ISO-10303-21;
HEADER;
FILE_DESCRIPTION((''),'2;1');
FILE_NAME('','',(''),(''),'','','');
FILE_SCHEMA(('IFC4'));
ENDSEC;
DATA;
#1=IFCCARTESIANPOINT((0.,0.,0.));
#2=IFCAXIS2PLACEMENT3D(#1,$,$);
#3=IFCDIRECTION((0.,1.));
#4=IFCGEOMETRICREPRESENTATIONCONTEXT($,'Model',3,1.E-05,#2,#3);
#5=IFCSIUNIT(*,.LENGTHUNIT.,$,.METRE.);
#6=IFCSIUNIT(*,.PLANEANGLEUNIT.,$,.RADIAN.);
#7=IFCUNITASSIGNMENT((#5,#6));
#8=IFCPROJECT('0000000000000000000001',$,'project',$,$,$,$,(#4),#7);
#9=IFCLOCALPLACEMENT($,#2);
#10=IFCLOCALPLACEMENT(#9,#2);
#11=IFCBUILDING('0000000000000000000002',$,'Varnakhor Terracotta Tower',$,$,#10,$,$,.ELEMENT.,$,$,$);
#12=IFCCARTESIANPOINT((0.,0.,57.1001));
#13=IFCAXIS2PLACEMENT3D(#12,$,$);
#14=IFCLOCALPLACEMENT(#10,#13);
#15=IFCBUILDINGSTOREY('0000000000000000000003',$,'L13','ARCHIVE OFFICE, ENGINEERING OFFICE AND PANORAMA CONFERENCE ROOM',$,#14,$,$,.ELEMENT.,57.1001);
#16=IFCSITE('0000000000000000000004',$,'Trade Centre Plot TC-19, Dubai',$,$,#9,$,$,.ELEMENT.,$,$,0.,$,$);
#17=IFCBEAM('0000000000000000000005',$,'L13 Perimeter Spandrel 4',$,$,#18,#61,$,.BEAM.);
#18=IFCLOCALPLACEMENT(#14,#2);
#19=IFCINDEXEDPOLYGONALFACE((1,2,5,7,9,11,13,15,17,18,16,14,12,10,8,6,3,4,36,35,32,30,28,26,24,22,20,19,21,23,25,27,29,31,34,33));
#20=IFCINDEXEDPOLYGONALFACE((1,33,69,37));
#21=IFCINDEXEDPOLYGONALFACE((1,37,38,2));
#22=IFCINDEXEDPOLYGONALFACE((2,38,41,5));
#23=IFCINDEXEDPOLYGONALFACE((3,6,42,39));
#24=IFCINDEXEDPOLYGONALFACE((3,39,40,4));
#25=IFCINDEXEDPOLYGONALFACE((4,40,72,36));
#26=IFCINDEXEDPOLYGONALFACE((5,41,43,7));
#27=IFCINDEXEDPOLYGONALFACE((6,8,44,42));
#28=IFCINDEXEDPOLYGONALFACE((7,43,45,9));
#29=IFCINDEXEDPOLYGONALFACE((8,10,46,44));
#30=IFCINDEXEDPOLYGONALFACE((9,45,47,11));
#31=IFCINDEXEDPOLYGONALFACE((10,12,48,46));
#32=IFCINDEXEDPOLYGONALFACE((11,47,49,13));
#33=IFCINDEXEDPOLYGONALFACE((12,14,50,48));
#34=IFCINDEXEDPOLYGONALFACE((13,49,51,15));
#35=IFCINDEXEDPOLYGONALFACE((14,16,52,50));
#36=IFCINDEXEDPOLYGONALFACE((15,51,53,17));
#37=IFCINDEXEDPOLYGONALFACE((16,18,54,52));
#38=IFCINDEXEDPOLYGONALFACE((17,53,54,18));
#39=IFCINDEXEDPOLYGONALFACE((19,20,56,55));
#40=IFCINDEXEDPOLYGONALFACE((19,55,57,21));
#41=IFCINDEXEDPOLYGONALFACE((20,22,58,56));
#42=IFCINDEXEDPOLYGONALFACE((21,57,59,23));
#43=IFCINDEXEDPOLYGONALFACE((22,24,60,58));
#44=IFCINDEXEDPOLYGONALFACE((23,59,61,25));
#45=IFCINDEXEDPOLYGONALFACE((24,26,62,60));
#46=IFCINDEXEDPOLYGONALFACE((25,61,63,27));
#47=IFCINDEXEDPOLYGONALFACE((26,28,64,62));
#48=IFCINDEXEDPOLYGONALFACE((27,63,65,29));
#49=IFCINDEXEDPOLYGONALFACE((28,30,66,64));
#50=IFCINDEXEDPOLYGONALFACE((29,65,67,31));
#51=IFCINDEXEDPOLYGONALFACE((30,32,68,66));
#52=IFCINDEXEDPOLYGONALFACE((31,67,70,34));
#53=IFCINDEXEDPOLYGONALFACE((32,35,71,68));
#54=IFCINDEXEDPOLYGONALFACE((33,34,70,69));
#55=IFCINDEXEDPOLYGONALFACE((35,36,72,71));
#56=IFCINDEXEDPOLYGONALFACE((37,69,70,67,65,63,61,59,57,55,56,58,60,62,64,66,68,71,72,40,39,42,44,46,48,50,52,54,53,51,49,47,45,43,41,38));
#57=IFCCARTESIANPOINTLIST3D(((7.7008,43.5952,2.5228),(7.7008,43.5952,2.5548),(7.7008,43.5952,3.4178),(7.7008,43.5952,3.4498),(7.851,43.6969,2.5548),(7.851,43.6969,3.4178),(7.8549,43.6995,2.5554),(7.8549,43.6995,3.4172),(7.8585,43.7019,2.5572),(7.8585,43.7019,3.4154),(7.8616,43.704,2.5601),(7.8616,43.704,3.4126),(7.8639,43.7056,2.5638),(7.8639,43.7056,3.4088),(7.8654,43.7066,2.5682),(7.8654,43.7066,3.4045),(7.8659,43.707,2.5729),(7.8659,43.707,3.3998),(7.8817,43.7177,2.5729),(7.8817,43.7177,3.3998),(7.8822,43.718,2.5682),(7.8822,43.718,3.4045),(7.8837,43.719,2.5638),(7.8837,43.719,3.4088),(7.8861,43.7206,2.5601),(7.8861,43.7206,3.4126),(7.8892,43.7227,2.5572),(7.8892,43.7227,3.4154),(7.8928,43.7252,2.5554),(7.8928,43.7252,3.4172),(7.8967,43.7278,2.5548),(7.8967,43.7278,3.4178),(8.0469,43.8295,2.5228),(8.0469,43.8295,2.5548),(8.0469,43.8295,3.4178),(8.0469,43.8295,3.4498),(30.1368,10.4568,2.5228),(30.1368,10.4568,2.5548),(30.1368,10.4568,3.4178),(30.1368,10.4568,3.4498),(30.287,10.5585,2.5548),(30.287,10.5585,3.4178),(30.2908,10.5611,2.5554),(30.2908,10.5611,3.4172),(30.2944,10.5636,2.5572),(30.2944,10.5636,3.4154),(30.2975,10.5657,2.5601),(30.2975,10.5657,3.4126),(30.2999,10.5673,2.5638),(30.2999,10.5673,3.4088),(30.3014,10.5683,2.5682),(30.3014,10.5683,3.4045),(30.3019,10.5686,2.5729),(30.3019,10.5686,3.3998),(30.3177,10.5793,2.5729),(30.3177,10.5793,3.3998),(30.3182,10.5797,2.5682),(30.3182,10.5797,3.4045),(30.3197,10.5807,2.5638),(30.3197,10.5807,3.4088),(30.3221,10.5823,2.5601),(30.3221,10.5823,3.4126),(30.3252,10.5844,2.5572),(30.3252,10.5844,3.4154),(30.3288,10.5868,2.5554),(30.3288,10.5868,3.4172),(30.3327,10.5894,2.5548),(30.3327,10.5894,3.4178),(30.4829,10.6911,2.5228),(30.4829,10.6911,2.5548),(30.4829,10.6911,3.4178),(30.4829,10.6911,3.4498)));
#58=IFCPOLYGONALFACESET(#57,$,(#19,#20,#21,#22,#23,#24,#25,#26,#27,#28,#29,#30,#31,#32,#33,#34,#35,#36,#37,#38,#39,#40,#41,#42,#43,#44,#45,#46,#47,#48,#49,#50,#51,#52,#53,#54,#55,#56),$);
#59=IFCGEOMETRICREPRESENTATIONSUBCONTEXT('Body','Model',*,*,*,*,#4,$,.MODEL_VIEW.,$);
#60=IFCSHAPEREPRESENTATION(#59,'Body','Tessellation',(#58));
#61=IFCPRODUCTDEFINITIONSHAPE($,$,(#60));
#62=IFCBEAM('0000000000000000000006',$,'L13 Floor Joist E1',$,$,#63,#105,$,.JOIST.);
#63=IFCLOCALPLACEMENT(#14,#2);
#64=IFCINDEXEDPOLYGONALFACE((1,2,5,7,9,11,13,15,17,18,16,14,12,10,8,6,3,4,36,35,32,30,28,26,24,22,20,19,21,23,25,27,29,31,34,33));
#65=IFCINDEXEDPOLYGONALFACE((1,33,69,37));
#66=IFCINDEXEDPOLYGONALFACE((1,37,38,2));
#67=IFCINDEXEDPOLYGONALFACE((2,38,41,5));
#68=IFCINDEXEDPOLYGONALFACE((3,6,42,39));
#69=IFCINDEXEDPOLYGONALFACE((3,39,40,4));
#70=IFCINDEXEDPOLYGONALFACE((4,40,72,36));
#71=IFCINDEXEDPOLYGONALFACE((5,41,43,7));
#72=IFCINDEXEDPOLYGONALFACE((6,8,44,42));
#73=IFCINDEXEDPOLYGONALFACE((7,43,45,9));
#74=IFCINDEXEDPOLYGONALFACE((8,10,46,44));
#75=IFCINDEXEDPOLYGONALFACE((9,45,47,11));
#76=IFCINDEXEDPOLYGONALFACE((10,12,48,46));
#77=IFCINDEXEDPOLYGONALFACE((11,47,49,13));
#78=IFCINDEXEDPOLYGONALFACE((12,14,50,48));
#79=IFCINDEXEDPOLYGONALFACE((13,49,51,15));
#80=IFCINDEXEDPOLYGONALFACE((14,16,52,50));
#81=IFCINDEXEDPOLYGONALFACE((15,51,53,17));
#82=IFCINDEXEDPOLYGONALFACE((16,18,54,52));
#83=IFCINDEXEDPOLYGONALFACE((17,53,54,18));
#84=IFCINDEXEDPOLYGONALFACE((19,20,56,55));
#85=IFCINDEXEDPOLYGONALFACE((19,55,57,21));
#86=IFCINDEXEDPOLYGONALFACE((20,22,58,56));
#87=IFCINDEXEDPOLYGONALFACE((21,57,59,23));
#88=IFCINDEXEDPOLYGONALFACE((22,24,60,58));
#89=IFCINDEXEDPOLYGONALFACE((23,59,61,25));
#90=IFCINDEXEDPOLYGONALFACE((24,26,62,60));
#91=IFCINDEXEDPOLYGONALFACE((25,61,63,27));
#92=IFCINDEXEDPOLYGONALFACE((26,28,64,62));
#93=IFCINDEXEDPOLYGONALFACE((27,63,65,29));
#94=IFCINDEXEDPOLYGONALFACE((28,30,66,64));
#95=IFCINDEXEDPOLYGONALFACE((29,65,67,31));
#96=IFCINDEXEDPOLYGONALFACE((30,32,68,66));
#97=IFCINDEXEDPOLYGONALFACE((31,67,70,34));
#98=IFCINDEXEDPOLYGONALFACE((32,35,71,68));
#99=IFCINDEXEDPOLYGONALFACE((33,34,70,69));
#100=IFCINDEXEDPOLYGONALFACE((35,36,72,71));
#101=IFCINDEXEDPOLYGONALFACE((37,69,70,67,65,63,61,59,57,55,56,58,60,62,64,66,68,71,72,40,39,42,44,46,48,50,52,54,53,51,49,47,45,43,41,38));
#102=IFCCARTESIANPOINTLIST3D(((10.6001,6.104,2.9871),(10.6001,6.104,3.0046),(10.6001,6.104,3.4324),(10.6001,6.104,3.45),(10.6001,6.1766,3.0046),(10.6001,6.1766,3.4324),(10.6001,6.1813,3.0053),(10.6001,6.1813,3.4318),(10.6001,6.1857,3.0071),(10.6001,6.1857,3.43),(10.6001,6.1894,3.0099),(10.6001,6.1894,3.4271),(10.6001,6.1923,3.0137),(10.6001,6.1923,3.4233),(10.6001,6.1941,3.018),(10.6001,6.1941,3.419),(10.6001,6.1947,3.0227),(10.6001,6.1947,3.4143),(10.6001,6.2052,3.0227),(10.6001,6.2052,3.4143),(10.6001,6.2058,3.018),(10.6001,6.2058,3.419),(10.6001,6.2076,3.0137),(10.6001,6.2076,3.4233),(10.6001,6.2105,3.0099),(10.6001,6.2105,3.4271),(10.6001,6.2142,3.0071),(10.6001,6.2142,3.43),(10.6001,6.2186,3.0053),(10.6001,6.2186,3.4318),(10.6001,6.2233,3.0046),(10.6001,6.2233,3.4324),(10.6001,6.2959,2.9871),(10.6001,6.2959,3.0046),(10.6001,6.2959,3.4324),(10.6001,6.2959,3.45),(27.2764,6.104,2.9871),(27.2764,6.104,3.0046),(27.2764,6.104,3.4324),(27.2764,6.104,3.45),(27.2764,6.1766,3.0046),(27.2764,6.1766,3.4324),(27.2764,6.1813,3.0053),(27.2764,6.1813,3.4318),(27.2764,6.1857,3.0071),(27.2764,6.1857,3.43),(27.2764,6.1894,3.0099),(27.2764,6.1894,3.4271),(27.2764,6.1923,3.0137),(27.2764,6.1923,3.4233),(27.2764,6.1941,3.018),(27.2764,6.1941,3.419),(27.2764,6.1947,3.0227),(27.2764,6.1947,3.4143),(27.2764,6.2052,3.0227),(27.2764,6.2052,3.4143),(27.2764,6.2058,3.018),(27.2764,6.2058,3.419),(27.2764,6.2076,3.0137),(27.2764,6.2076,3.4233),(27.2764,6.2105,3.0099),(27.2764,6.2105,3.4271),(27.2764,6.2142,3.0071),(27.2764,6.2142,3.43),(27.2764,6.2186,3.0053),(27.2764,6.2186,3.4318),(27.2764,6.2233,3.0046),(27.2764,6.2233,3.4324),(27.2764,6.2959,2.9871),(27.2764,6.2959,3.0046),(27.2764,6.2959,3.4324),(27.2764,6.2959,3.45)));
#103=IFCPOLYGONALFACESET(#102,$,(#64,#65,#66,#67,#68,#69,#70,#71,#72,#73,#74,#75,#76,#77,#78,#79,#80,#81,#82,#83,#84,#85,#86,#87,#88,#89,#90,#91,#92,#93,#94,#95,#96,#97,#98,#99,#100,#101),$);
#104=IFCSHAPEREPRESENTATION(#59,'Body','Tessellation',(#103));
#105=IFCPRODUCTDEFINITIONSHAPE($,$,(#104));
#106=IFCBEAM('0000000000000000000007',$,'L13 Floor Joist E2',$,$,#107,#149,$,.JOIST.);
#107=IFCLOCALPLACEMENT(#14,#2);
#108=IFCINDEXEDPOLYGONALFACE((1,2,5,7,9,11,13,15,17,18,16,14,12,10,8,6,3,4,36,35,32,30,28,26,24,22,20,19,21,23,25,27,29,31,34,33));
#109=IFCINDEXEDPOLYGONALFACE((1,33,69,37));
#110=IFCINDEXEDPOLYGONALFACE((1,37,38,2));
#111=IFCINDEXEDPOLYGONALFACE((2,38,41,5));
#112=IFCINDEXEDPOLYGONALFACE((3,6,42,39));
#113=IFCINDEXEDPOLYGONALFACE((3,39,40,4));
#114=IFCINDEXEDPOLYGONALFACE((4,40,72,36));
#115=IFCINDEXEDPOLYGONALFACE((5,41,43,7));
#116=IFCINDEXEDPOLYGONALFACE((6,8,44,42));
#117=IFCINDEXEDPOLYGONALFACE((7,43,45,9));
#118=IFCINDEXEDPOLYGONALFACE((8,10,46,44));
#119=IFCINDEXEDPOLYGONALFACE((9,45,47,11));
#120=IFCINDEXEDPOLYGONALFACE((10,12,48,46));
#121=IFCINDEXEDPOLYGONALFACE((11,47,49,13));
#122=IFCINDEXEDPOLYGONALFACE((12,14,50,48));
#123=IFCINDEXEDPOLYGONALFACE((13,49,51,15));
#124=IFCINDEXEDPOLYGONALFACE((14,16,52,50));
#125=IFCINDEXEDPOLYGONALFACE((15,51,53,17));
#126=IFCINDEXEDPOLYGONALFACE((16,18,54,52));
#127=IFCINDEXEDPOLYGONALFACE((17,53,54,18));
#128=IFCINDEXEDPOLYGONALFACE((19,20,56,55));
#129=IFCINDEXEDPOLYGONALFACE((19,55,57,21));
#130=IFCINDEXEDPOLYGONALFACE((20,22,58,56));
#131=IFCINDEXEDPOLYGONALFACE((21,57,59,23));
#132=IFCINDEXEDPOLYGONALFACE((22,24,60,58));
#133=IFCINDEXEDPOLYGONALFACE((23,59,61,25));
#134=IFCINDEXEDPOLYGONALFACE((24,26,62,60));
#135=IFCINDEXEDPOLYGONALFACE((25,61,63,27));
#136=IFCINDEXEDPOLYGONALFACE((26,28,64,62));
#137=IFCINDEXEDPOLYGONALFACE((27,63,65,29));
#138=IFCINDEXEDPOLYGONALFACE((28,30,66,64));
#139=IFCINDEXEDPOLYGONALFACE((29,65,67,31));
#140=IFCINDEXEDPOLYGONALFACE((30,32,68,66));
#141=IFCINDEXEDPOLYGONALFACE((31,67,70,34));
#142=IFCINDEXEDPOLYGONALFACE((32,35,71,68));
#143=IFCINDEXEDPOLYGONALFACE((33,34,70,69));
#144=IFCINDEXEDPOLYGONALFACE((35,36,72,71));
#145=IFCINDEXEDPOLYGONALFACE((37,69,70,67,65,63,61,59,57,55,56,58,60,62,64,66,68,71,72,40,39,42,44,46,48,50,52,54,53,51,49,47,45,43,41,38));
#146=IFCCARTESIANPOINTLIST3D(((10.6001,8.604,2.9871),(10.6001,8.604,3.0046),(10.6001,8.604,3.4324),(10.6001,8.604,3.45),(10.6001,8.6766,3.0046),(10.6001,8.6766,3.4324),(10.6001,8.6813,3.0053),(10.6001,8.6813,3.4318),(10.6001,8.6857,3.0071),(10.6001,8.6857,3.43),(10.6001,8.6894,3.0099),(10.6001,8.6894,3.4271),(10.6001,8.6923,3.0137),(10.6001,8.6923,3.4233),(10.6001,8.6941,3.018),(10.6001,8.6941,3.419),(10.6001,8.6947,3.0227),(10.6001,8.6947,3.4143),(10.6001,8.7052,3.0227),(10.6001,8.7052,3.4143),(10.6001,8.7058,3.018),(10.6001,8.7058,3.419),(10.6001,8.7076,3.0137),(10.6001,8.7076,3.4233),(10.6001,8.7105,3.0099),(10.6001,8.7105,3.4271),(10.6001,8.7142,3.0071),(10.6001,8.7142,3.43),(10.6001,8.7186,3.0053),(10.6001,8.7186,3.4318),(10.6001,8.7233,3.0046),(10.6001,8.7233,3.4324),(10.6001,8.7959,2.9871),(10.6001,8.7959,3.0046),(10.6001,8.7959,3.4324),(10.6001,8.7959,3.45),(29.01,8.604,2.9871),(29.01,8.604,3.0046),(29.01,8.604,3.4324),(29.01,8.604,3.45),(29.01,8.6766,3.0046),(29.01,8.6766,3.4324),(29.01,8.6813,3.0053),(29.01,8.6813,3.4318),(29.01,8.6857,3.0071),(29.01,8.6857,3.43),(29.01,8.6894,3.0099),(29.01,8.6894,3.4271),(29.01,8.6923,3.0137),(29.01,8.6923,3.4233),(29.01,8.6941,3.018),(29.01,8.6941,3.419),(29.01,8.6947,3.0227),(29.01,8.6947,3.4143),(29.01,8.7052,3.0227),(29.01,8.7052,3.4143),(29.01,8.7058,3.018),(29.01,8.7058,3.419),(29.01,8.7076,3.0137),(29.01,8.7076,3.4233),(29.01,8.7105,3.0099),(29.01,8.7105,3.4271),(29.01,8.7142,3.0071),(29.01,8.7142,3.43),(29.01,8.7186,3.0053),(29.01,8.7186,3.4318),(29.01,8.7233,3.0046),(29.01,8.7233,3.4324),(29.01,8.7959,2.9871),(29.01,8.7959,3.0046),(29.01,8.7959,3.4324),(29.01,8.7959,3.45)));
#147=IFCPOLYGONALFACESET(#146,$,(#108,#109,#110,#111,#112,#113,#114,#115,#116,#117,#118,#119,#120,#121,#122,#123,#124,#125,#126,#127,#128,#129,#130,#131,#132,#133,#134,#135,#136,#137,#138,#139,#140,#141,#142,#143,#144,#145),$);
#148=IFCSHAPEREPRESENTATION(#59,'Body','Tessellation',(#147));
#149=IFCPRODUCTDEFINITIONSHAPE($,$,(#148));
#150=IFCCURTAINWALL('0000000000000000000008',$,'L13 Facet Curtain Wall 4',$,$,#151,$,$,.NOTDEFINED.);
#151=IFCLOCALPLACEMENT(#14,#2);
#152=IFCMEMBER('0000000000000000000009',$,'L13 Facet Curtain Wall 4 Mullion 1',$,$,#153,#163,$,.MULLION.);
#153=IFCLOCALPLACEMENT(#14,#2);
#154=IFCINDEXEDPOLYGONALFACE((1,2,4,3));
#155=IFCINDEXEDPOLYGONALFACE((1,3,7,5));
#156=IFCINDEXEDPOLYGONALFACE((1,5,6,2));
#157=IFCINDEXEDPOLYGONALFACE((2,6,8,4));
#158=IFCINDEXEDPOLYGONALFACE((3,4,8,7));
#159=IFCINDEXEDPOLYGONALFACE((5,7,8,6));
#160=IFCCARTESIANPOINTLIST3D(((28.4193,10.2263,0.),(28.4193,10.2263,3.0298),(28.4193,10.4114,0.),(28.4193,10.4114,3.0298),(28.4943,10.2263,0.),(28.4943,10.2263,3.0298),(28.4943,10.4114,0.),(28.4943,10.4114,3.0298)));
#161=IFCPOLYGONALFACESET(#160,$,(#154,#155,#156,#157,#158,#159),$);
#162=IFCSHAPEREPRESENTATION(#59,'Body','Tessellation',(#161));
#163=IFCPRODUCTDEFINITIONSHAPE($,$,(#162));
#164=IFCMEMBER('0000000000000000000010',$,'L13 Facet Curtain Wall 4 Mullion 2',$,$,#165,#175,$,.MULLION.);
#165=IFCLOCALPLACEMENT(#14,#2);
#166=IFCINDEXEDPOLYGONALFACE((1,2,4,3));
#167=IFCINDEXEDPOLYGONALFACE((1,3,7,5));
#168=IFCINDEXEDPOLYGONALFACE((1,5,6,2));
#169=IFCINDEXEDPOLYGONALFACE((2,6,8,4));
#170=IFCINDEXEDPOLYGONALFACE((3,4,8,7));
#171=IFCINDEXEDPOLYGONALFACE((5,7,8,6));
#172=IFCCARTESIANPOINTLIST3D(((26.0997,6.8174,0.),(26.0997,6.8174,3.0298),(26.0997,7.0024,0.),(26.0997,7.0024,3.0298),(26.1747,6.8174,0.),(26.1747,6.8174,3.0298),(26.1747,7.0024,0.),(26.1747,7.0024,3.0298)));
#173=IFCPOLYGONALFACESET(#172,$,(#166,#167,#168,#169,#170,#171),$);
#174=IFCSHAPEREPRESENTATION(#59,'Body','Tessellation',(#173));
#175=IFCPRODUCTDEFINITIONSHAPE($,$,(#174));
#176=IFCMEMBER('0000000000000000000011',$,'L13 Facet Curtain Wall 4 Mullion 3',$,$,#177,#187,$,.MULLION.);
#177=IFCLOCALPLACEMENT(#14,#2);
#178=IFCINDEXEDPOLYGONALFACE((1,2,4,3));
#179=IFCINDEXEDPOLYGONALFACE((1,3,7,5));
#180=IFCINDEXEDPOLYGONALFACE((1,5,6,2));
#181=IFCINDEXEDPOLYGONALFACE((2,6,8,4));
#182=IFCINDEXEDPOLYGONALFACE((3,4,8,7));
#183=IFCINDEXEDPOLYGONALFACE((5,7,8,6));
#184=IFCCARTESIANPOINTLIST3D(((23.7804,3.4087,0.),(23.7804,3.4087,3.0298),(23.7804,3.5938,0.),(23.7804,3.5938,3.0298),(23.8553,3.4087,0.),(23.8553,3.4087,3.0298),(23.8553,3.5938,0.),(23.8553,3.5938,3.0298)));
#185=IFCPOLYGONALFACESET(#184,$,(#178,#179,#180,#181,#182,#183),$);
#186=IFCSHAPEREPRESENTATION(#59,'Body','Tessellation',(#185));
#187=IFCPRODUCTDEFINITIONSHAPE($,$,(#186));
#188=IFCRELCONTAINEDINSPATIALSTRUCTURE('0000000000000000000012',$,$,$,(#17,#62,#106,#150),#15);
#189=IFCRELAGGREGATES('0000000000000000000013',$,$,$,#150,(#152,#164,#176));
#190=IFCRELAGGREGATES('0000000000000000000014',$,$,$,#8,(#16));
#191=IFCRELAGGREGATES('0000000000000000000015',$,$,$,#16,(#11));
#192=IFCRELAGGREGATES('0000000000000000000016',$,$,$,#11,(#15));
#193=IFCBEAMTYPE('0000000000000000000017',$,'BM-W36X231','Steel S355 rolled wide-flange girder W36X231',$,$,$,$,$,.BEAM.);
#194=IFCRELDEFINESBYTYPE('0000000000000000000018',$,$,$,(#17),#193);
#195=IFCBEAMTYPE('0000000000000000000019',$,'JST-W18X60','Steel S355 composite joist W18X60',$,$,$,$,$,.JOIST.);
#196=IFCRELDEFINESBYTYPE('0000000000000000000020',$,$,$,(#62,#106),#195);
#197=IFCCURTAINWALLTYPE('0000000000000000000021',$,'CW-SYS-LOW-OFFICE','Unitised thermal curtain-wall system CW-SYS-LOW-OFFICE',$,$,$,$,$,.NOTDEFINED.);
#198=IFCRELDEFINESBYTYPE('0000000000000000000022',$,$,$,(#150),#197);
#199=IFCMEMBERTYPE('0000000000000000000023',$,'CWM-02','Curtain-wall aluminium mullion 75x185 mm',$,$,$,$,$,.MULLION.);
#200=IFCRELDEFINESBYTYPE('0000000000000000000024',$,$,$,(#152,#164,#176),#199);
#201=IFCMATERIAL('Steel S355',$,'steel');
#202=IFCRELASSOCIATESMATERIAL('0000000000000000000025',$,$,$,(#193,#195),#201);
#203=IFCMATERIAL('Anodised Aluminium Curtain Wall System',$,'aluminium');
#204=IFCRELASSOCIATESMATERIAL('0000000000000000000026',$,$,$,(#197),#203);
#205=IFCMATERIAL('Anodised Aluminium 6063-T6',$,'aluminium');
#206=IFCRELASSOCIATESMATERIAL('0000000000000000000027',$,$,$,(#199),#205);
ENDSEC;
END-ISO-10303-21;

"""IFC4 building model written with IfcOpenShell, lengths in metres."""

from ifc_helpers import new_model, si_unit, direction, frame, origin, origin_2d, place, context, subcontext, project, spatial, rectangle, i_section, extrude, source, transform, mapped, material, material_profile, profile_set, type_object, element, aggregate, save


model = new_model("IFC4")

# Units and contexts
model_context = context("Model", 3, precision=1e-05, world=origin(), true_north=direction((0.0, 1.0)))
body_context = subcontext(model_context, "Body", "Model", "MODEL_VIEW")
ifc_project = project(units=[si_unit("LENGTHUNIT", "METRE"), si_unit("PLANEANGLEUNIT", "RADIAN")], contexts=[model_context])

# Site, building, storey
site_placement = place(None, origin())
site = spatial("IfcSite", under=ifc_project, at=site_placement, Name="Trade Centre Plot TC-19, Dubai", CompositionType="ELEMENT", RefElevation=0.0)
building_placement = place(site_placement, origin())
building = spatial("IfcBuilding", under=site, at=building_placement, Name="Varnakhor Terracotta Tower", CompositionType="ELEMENT")
storey_placement = place(building_placement, frame((0.0, 0.0, 57.1001)))
storey = spatial("IfcBuildingStorey", under=building, at=storey_placement, Name="L13", Description="ARCHIVE OFFICE, ENGINEERING OFFICE AND PANORAMA CONFERENCE ROOM", CompositionType="ELEMENT", Elevation=57.1001)

# Beams
ifc_material_1 = material(Name="Steel S355", Category="steel")
ifc_material_profile_1 = material_profile(ifc_material_1, i_section(OverallWidth=0.418, OverallDepth=0.927, WebThickness=0.019, FlangeThickness=0.032, FilletRadius=0.0181, at=origin_2d()), Name="W36X231")
ifc_profile_set_1 = profile_set([ifc_material_profile_1], Name="Steel S355")
beam_type_1 = type_object("IfcBeamType", Name="BM-W36X231", Description="Steel S355 rolled wide-flange girder W36X231", PredefinedType="BEAM", material=ifc_profile_set_1)
shared_shape_1 = source(origin(), body_context, "Body", "SweptSolid", [
    extrude(i_section(OverallWidth=0.418, OverallDepth=0.927, WebThickness=0.019, FlangeThickness=0.032, FilletRadius=0.0181, at=origin_2d()), origin(), (0.0, 0.0, 1.0), 40.019),
])
beam_1_placement = place(storey_placement, frame((30.3098, 10.574, 2.9863), z_axis=(-0.560633, 0.828065, 0.0), x_axis=(-0.828065, -0.560633, 0.0)))
element("IfcBeam", 1, at=beam_1_placement, inside=storey, type_object=beam_type_1, Name="L13 Perimeter Spandrel 4", PredefinedType="BEAM", context=body_context, shape_type="MappedRepresentation", body=[
    mapped(shared_shape_1, transform((0.0, 0.0, 0.0), scale=1.0)),
])
ifc_material_profile_2 = material_profile(ifc_material_1, i_section(OverallWidth=0.1919, OverallDepth=0.4629, WebThickness=0.0105, FlangeThickness=0.0176, FilletRadius=0.0181, at=origin_2d()), Name="W18X60")
ifc_profile_set_2 = profile_set([ifc_material_profile_2], Name="Steel S355")
beam_type_2 = type_object("IfcBeamType", Name="JST-W18X60", Description="Steel S355 composite joist W18X60", PredefinedType="JOIST", material=ifc_profile_set_2)
shared_shape_2 = source(origin(), body_context, "Body", "SweptSolid", [
    extrude(i_section(OverallWidth=0.1919, OverallDepth=0.4629, WebThickness=0.0105, FlangeThickness=0.0176, FilletRadius=0.0181, at=origin_2d()), origin(), (0.0, 0.0, 1.0), 16.6763),
])
beam_2_placement = place(storey_placement, frame((10.6001, 6.2, 3.2185), z_axis=(1.0, 0.0, 0.0), x_axis=(0.0, 1.0, 0.0)))
element("IfcBeam", 2, at=beam_2_placement, inside=storey, type_object=beam_type_2, Name="L13 Floor Joist E1", PredefinedType="JOIST", context=body_context, shape_type="MappedRepresentation", body=[
    mapped(shared_shape_2, transform((0.0, 0.0, 0.0), scale=1.0)),
])
shared_shape_3 = source(origin(), body_context, "Body", "SweptSolid", [
    extrude(i_section(OverallWidth=0.1919, OverallDepth=0.4629, WebThickness=0.0105, FlangeThickness=0.0176, FilletRadius=0.0181, at=origin_2d()), origin(), (0.0, 0.0, 1.0), 18.4099),
])
beam_3_placement = place(storey_placement, frame((10.6001, 8.7, 3.2185), z_axis=(1.0, 0.0, 0.0), x_axis=(0.0, 1.0, 0.0)))
element("IfcBeam", 3, at=beam_3_placement, inside=storey, type_object=beam_type_2, Name="L13 Floor Joist E2", PredefinedType="JOIST", context=body_context, shape_type="MappedRepresentation", body=[
    mapped(shared_shape_3, transform((0.0, 0.0, 0.0), scale=1.0)),
])

# Curtain wall, members
ifc_material_2 = material(Name="Anodised Aluminium Curtain Wall System", Category="aluminium")
curtain_wall_type = type_object("IfcCurtainWallType", Name="CW-SYS-LOW-OFFICE", Description="Unitised thermal curtain-wall system CW-SYS-LOW-OFFICE", PredefinedType="NOTDEFINED", material=ifc_material_2)
curtain_wall_1_placement = place(storey_placement, origin())
curtain_wall_1 = element("IfcCurtainWall", 4, at=curtain_wall_1_placement, inside=storey, type_object=curtain_wall_type, Name="L13 Facet Curtain Wall 4", PredefinedType="NOTDEFINED")
ifc_material_3 = material(Name="Anodised Aluminium 6063-T6", Category="aluminium")
ifc_material_profile_3 = material_profile(ifc_material_3, rectangle(XDim=0.075, YDim=0.1851, at=origin_2d()), Name="ALU MULLION 75x185")
ifc_profile_set_3 = profile_set([ifc_material_profile_3], Name="Anodised Aluminium 6063-T6")
member_type_1 = type_object("IfcMemberType", Name="CWM-02", Description="Curtain-wall aluminium mullion 75x185 mm", PredefinedType="MULLION", material=ifc_profile_set_3)
shared_shape_4 = source(origin(), body_context, "Body", "SweptSolid", [
    extrude(rectangle(XDim=0.075, YDim=0.1851, at=origin_2d()), origin(), (0.0, 0.0, 1.0), 3.0298),
])
member_1_placement = place(storey_placement, frame((28.4568, 10.3188, 0.0), z_axis=(0.0, 0.0, 1.0), x_axis=(1.0, 0.0, 0.0)))
member_1 = element("IfcMember", 5, at=member_1_placement, type_object=member_type_1, Name="L13 Facet Curtain Wall 4 Mullion 1", PredefinedType="MULLION", context=body_context, shape_type="MappedRepresentation", body=[
    mapped(shared_shape_4, transform((0.0, 0.0, 0.0), scale=1.0)),
])
member_2_placement = place(storey_placement, frame((26.1372, 6.9099, 0.0), z_axis=(0.0, 0.0, 1.0), x_axis=(1.0, 0.0, 0.0)))
member_2 = element("IfcMember", 6, at=member_2_placement, type_object=member_type_1, Name="L13 Facet Curtain Wall 4 Mullion 2", PredefinedType="MULLION", context=body_context, shape_type="MappedRepresentation", body=[
    mapped(shared_shape_4, transform((0.0, 0.0, 0.0), scale=1.0)),
])
member_3_placement = place(storey_placement, frame((23.8179, 3.5012, 0.0), z_axis=(0.0, 0.0, 1.0), x_axis=(1.0, 0.0, 0.0)))
member_3 = element("IfcMember", 7, at=member_3_placement, type_object=member_type_1, Name="L13 Facet Curtain Wall 4 Mullion 3", PredefinedType="MULLION", context=body_context, shape_type="MappedRepresentation", body=[
    mapped(shared_shape_4, transform((0.0, 0.0, 0.0), scale=1.0)),
])

aggregate(curtain_wall_1, [member_1, member_2, member_3])

save(model, "model.ifc")
